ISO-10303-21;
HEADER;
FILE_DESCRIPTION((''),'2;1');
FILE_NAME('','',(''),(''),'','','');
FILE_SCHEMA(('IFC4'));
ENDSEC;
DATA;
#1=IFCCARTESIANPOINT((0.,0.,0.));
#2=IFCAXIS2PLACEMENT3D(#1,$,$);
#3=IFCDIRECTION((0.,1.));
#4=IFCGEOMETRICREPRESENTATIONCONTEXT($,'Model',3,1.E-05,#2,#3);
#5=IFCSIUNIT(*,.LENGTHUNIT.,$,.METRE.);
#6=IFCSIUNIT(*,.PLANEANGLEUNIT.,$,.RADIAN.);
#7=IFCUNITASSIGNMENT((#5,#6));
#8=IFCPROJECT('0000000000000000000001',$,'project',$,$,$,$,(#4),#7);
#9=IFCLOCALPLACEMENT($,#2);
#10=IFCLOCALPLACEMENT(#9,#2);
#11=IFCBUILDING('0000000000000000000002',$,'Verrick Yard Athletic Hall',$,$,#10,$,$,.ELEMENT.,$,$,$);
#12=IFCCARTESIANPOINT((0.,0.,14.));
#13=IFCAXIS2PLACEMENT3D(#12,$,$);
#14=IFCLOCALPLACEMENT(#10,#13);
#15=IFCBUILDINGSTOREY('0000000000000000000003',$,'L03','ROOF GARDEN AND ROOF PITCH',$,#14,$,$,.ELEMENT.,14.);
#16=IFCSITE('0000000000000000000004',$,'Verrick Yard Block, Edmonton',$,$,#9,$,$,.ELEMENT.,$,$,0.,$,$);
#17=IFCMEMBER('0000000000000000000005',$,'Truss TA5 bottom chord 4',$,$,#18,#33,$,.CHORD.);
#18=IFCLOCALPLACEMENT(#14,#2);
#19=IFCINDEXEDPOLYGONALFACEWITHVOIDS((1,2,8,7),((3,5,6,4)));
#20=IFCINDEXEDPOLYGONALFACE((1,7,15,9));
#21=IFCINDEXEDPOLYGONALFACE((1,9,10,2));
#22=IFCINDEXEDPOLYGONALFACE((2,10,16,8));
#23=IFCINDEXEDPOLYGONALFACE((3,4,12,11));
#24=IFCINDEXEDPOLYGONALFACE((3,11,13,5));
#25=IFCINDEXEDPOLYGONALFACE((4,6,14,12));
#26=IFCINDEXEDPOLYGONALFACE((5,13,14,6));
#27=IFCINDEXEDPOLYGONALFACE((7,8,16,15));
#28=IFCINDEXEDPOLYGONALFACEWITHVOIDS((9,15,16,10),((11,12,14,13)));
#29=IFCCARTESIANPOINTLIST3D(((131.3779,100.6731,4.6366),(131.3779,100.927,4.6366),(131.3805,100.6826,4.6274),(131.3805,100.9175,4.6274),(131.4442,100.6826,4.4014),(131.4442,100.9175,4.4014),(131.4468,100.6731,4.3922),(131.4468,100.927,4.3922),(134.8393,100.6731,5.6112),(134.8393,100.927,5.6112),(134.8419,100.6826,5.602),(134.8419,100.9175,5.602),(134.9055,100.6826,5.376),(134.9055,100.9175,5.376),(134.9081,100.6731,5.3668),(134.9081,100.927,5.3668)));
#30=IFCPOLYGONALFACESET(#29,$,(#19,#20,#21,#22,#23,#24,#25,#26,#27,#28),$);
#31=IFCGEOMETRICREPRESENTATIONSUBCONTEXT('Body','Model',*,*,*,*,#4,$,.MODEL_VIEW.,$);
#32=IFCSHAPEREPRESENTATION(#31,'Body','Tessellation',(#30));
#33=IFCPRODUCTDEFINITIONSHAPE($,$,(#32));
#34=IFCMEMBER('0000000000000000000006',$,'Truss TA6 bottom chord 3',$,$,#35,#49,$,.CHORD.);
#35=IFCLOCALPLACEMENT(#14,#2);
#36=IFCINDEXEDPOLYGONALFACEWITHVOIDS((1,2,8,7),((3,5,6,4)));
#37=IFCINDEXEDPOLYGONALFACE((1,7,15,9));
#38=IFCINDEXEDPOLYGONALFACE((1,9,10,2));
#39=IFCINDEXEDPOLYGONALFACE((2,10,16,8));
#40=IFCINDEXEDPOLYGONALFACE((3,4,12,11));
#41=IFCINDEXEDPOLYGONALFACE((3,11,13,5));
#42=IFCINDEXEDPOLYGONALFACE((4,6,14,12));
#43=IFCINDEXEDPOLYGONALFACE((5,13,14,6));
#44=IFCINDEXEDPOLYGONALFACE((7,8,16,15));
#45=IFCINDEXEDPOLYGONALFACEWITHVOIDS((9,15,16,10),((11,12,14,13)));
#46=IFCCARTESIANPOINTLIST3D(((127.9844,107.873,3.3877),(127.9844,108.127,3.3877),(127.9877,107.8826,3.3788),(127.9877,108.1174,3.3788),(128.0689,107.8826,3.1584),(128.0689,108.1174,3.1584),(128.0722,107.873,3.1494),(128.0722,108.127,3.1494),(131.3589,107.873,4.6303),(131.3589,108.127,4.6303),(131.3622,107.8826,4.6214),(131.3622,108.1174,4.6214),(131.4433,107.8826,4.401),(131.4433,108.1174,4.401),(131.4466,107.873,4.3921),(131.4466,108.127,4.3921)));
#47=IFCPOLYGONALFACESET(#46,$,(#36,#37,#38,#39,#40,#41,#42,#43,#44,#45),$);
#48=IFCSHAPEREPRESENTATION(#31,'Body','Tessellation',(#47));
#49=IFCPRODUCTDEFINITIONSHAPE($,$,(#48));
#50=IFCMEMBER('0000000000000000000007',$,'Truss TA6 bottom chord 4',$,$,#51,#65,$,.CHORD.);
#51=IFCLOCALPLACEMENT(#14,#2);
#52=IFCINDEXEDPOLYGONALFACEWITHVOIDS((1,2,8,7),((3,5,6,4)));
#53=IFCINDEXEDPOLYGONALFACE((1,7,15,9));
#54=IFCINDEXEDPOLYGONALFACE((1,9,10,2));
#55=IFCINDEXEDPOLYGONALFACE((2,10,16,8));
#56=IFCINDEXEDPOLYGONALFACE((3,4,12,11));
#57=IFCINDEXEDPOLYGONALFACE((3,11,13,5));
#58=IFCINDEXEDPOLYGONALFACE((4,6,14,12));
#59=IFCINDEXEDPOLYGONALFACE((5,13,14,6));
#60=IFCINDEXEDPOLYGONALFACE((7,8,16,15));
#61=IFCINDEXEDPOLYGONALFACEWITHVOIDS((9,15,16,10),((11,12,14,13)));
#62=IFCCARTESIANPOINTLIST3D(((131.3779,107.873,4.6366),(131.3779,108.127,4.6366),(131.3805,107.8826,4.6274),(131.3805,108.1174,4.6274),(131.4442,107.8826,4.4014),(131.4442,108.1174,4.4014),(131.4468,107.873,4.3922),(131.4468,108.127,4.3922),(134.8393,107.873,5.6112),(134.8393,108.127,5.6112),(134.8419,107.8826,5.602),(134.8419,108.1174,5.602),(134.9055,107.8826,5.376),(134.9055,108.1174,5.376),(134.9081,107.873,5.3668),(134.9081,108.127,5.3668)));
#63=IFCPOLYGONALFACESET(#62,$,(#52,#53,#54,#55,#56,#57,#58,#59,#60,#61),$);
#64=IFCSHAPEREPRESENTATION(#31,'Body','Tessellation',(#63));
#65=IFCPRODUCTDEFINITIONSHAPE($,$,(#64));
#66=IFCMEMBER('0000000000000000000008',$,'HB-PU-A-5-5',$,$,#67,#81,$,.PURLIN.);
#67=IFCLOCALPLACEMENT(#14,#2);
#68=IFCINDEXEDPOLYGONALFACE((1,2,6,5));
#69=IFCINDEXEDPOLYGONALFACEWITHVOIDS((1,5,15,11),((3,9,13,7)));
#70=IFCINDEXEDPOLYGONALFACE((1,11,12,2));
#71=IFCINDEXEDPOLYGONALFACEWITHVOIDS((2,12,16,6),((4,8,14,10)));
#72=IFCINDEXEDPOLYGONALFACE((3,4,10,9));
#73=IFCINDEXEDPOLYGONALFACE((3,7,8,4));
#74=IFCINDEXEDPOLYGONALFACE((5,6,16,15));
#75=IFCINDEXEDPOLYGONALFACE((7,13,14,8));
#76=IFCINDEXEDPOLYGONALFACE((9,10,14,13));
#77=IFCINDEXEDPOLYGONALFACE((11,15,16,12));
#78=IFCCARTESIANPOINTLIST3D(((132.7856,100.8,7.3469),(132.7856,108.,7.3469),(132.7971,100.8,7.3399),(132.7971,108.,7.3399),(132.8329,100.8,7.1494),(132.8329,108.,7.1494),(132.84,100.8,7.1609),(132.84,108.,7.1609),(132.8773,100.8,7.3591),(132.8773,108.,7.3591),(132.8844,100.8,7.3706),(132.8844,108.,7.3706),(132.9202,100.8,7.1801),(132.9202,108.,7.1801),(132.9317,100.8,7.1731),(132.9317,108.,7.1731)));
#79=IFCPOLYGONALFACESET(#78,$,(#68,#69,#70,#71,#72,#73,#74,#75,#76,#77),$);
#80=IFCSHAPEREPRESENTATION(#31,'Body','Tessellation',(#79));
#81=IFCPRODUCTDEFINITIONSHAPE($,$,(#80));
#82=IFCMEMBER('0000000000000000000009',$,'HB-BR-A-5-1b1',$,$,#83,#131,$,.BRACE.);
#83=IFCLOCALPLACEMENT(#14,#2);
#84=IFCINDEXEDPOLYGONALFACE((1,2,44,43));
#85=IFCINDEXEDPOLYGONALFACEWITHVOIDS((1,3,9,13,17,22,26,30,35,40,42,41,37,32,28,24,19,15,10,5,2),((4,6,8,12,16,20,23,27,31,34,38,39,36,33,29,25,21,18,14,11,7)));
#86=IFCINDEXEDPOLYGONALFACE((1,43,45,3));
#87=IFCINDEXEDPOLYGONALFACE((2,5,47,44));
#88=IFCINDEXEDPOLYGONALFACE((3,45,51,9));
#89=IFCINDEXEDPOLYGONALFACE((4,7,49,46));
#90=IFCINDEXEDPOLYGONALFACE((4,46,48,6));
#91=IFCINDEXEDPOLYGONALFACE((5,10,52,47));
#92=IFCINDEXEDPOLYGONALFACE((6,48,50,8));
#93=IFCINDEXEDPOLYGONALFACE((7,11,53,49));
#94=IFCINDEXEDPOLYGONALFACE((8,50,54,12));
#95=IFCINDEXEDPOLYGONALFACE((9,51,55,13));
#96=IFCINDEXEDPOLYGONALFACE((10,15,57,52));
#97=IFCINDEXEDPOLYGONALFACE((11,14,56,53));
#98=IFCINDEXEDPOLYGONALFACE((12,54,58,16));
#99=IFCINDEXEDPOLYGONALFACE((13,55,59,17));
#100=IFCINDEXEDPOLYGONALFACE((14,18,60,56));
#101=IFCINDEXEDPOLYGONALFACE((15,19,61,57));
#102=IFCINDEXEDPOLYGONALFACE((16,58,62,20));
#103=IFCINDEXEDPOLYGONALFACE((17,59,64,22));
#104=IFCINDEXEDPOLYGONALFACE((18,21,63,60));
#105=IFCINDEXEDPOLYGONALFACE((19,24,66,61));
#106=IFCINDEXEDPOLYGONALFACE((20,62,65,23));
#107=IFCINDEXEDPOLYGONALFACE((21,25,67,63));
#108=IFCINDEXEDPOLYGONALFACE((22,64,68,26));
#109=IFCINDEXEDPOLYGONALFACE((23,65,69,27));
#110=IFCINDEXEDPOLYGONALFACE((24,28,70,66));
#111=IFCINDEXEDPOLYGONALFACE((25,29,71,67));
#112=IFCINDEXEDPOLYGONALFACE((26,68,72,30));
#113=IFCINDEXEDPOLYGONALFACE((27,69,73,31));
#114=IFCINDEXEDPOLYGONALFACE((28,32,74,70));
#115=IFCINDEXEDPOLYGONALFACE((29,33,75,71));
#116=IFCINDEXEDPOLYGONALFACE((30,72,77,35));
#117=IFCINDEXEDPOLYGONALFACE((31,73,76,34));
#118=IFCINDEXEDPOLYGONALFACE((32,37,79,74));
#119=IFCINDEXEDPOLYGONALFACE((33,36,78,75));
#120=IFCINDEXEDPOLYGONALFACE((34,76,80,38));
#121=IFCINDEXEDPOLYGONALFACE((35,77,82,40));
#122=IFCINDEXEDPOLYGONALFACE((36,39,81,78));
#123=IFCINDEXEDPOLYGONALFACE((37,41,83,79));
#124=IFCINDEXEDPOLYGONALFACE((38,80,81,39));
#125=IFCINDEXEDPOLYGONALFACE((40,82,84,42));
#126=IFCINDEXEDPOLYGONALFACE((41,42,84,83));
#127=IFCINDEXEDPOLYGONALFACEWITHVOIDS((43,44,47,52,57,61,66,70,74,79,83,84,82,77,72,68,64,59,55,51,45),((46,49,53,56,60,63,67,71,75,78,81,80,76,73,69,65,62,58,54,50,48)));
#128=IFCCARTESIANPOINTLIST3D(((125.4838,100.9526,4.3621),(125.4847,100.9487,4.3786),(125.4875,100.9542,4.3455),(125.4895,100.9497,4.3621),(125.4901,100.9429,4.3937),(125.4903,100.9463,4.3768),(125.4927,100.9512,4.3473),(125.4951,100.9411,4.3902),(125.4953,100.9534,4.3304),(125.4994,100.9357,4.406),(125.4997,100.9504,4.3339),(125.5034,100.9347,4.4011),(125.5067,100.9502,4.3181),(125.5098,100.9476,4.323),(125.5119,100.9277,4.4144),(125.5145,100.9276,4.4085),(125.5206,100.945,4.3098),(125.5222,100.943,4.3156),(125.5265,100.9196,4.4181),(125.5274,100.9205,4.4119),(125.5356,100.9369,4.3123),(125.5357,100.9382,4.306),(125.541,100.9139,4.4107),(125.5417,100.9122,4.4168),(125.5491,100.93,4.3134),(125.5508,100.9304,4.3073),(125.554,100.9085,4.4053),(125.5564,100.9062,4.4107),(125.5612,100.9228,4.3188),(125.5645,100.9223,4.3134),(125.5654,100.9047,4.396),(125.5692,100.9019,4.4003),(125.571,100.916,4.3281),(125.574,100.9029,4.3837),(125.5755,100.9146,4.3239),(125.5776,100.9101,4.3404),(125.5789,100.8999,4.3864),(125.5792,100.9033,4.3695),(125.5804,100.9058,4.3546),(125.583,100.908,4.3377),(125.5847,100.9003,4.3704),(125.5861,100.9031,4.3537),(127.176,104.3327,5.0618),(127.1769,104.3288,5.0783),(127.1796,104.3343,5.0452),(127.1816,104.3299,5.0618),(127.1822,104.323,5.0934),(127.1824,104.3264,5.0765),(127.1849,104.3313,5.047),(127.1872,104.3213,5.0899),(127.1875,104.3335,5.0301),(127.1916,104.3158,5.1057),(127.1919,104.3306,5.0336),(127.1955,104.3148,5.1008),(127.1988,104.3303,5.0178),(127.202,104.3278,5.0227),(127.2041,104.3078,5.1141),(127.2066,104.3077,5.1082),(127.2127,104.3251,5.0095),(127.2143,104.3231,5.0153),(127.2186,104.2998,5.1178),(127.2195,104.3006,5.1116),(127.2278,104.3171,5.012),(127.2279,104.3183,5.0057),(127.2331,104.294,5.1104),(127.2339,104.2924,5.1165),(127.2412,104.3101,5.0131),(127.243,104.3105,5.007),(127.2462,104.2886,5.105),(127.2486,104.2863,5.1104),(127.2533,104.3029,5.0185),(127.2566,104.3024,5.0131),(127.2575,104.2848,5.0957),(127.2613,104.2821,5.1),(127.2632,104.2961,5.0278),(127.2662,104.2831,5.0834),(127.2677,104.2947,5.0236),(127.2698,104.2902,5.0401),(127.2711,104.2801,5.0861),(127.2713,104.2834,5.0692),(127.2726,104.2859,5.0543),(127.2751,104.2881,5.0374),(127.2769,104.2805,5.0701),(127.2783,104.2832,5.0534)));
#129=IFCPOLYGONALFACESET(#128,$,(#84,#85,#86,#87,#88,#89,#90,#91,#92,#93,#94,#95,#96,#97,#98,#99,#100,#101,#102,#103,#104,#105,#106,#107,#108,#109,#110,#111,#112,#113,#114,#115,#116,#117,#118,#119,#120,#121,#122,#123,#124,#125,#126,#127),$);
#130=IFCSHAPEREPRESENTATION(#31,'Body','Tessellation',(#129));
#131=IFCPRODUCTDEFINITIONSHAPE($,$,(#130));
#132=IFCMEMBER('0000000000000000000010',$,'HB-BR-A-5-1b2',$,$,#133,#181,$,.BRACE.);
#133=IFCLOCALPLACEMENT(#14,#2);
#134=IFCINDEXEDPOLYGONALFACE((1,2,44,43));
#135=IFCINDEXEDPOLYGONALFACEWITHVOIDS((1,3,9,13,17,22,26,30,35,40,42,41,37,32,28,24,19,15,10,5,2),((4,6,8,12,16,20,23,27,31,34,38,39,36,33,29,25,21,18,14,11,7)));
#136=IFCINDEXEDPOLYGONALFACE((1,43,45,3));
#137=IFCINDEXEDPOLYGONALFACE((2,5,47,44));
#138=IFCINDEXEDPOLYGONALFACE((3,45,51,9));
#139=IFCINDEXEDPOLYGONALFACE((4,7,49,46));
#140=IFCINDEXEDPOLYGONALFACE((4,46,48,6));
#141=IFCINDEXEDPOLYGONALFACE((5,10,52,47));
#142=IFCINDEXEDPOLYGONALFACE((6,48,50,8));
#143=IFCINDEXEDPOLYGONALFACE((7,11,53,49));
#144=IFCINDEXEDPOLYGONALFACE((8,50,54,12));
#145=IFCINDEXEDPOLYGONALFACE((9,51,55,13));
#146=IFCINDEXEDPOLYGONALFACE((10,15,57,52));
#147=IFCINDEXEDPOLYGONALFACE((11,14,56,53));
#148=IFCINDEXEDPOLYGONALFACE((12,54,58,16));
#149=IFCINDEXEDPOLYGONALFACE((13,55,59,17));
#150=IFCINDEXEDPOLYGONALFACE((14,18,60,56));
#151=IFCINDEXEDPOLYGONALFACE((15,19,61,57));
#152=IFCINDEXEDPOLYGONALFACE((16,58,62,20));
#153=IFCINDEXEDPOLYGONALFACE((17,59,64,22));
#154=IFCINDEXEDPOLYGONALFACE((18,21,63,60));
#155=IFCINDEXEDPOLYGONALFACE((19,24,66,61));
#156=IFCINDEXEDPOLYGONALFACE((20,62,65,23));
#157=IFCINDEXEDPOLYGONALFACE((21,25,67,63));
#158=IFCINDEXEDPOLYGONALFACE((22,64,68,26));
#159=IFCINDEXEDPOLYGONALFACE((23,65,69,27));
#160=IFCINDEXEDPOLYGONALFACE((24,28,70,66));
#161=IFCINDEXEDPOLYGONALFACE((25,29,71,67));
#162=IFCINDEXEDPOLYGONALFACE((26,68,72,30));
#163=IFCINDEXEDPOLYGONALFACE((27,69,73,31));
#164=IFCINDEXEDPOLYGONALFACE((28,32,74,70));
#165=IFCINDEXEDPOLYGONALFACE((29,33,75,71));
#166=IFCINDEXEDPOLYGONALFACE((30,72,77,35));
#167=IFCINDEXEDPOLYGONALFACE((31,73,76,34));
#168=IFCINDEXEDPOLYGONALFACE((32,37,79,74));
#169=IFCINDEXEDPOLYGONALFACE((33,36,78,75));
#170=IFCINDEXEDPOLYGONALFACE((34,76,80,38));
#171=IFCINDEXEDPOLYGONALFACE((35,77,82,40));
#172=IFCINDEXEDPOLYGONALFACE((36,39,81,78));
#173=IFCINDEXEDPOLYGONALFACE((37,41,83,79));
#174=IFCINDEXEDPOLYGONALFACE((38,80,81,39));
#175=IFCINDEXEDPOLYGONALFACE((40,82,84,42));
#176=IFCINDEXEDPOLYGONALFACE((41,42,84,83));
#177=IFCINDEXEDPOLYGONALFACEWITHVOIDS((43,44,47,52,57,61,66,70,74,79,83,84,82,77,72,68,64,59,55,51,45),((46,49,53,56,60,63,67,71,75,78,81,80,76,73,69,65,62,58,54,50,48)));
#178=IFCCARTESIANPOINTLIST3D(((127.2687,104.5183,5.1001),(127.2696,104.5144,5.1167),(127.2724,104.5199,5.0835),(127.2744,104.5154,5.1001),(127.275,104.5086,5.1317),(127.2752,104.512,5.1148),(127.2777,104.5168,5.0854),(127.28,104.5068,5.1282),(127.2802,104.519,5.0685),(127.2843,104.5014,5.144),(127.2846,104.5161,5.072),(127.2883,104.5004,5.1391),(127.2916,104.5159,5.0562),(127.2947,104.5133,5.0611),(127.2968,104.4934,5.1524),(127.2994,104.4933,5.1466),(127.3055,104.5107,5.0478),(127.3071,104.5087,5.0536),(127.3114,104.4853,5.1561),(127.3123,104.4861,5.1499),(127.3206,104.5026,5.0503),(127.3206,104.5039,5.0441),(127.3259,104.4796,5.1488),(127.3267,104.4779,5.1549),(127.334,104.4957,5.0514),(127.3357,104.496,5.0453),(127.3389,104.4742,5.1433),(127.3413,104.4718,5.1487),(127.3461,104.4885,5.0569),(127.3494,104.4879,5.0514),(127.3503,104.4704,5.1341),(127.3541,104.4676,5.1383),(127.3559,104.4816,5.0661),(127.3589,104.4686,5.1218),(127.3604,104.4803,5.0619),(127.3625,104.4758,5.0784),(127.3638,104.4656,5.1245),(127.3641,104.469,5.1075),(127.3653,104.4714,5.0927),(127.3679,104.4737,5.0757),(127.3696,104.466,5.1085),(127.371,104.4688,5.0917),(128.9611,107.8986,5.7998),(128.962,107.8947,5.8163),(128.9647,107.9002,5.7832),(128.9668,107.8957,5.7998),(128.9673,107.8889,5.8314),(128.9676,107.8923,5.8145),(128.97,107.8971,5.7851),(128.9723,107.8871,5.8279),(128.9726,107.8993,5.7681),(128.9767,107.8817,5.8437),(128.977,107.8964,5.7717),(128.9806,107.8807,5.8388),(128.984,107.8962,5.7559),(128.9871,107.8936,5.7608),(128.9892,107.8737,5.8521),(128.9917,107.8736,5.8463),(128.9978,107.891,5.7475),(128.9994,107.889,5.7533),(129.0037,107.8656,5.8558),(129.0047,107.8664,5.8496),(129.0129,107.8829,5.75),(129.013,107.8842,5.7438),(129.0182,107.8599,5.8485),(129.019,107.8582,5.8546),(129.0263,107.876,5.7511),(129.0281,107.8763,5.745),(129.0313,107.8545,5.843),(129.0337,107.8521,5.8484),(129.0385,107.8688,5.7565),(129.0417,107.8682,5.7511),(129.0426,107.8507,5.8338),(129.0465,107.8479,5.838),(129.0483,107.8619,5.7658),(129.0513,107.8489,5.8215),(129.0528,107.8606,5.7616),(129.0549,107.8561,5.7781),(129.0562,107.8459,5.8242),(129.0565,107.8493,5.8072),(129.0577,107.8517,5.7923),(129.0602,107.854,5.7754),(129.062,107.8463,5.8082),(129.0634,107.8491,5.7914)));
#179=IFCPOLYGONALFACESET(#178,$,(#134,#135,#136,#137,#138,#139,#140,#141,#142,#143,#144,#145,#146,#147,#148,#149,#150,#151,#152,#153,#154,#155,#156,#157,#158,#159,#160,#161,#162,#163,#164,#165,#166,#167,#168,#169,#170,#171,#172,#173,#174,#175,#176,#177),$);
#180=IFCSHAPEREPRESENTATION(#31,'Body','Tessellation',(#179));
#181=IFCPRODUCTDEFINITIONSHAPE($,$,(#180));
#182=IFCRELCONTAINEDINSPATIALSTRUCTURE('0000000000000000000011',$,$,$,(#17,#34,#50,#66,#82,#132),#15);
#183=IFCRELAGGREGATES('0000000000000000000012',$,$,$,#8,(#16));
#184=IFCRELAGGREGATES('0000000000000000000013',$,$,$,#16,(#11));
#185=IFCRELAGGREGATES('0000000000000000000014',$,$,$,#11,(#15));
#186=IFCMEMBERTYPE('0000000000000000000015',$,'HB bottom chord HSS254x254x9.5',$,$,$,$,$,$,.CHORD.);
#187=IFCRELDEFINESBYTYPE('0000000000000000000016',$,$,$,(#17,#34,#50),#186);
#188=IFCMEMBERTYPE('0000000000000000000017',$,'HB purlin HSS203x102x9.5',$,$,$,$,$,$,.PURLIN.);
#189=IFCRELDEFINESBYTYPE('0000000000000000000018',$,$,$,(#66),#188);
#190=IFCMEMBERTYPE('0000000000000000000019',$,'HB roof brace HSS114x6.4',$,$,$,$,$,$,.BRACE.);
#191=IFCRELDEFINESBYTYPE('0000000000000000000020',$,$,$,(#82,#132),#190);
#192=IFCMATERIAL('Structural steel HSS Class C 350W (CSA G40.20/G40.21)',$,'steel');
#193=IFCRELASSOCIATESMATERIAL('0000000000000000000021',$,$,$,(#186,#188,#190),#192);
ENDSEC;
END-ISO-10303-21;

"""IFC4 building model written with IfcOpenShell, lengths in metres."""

from ifc_helpers import new_model, si_unit, direction, frame, origin, origin_2d, place, context, subcontext, project, spatial, hollow_rectangle, hollow_circle, extrude, material, material_profile, profile_set, type_object, element, save


model = new_model("IFC4")

# Units and contexts
model_context = context("Model", 3, precision=1e-05, world=origin(), true_north=direction((0.0, 1.0)))
body_context = subcontext(model_context, "Body", "Model", "MODEL_VIEW")
ifc_project = project(units=[si_unit("LENGTHUNIT", "METRE"), si_unit("PLANEANGLEUNIT", "RADIAN")], contexts=[model_context])

# Site, building, storey
site_placement = place(None, origin())
site = spatial("IfcSite", under=ifc_project, at=site_placement, Name="Verrick Yard Block, Edmonton", CompositionType="ELEMENT", RefElevation=0.0)
building_placement = place(site_placement, origin())
building = spatial("IfcBuilding", under=site, at=building_placement, Name="Verrick Yard Athletic Hall", CompositionType="ELEMENT")
storey_placement = place(building_placement, frame((0.0, 0.0, 14.0)))
storey = spatial("IfcBuildingStorey", under=building, at=storey_placement, Name="L03", Description="ROOF GARDEN AND ROOF PITCH", CompositionType="ELEMENT", Elevation=14.0)

# Members
ifc_material_1 = material(Name="Structural steel HSS Class C 350W (CSA G40.20/G40.21)", Category="steel")
ifc_material_profile_1 = material_profile(ifc_material_1, hollow_rectangle(XDim=0.2539, YDim=0.2539, WallThickness=0.0095, at=origin_2d()), Name="HSS254x254x9.5")
ifc_profile_set_1 = profile_set([ifc_material_profile_1], Name="Structural steel HSS Class C 350W (CSA G40.20/G40.21)")
member_type_1 = type_object("IfcMemberType", Name="HB bottom chord HSS254x254x9.5", PredefinedType="CHORD", material=ifc_profile_set_1)
for number, where, z_axis, x_axis, name in (
    (1, (131.4124, 100.8, 4.5144), (0.962572, 0.0, 0.271025), (0.0, 1.0, 0.0), "Truss TA5 bottom chord 4"),
    (2, (128.0283, 108.0, 3.2686), (0.938394, 0.0, 0.345567), (0.0, 1.0, 0.0), "Truss TA6 bottom chord 3"),
    (3, (131.4124, 108.0, 4.5144), (0.962572, 0.0, 0.271025), (0.0, 1.0, 0.0), "Truss TA6 bottom chord 4"),
):
    element("IfcMember", number, at=place(storey_placement, frame(where, z_axis=z_axis, x_axis=x_axis)), inside=storey, type_object=member_type_1, Name=name, PredefinedType="CHORD", context=body_context, shape_type="SweptSolid", body=[
        extrude(hollow_rectangle(XDim=0.2539, YDim=0.2539, WallThickness=0.0095, at=origin_2d()), origin(), (0.0, 0.0, 1.0), 3.5959),
    ])
ifc_material_profile_2 = material_profile(ifc_material_1, hollow_rectangle(XDim=0.1016, YDim=0.2031, WallThickness=0.0095, at=origin_2d()), Name="HSS203x102x9.5")
ifc_profile_set_2 = profile_set([ifc_material_profile_2], Name="Structural steel HSS Class C 350W (CSA G40.20/G40.21)")
member_type_2 = type_object("IfcMemberType", Name="HB purlin HSS203x102x9.5", PredefinedType="PURLIN", material=ifc_profile_set_2)
member_1_placement = place(storey_placement, frame((132.8586, 100.8, 7.26), z_axis=(0.0, 1.0, 0.0), x_axis=(-0.972459, 0.0, -0.233074)))
element("IfcMember", 4, at=member_1_placement, inside=storey, type_object=member_type_2, Name="HB-PU-A-5-5", PredefinedType="PURLIN", context=body_context, shape_type="SweptSolid", body=[
    extrude(hollow_rectangle(XDim=0.1016, YDim=0.2031, WallThickness=0.0095, at=origin_2d()), origin(), (0.0, 0.0, 1.0), 7.2),
])
ifc_material_profile_3 = material_profile(ifc_material_1, hollow_circle(Radius=0.0571, WallThickness=0.0063, at=origin_2d()), Name="HSS114x6.4")
ifc_profile_set_3 = profile_set([ifc_material_profile_3], Name="Structural steel HSS Class C 350W (CSA G40.20/G40.21)")
member_type_3 = type_object("IfcMemberType", Name="HB roof brace HSS114x6.4", PredefinedType="BRACE", material=ifc_profile_set_3)
member_2_placement = place(storey_placement, frame((125.5349, 100.927, 4.3621), z_axis=(0.440175, 0.879271, 0.182014), x_axis=(-0.894207, 0.447653, 0.0)))
element("IfcMember", 5, at=member_2_placement, inside=storey, type_object=member_type_3, Name="HB-BR-A-5-1b1", PredefinedType="BRACE", context=body_context, shape_type="SweptSolid", body=[
    extrude(hollow_circle(Radius=0.0571, WallThickness=0.0063, at=origin_2d()), origin(), (0.0, 0.0, 1.0), 3.8442),
])
member_3_placement = place(storey_placement, frame((127.3198, 104.4927, 5.1001), z_axis=(0.440202, 0.87926, 0.181999), x_axis=(-0.894195, 0.447679, 0.0)))
element("IfcMember", 6, at=member_3_placement, inside=storey, type_object=member_type_3, Name="HB-BR-A-5-1b2", PredefinedType="BRACE", context=body_context, shape_type="SweptSolid", body=[
    extrude(hollow_circle(Radius=0.0571, WallThickness=0.0063, at=origin_2d()), origin(), (0.0, 0.0, 1.0), 3.8445),
])

save(model, "model.ifc")
